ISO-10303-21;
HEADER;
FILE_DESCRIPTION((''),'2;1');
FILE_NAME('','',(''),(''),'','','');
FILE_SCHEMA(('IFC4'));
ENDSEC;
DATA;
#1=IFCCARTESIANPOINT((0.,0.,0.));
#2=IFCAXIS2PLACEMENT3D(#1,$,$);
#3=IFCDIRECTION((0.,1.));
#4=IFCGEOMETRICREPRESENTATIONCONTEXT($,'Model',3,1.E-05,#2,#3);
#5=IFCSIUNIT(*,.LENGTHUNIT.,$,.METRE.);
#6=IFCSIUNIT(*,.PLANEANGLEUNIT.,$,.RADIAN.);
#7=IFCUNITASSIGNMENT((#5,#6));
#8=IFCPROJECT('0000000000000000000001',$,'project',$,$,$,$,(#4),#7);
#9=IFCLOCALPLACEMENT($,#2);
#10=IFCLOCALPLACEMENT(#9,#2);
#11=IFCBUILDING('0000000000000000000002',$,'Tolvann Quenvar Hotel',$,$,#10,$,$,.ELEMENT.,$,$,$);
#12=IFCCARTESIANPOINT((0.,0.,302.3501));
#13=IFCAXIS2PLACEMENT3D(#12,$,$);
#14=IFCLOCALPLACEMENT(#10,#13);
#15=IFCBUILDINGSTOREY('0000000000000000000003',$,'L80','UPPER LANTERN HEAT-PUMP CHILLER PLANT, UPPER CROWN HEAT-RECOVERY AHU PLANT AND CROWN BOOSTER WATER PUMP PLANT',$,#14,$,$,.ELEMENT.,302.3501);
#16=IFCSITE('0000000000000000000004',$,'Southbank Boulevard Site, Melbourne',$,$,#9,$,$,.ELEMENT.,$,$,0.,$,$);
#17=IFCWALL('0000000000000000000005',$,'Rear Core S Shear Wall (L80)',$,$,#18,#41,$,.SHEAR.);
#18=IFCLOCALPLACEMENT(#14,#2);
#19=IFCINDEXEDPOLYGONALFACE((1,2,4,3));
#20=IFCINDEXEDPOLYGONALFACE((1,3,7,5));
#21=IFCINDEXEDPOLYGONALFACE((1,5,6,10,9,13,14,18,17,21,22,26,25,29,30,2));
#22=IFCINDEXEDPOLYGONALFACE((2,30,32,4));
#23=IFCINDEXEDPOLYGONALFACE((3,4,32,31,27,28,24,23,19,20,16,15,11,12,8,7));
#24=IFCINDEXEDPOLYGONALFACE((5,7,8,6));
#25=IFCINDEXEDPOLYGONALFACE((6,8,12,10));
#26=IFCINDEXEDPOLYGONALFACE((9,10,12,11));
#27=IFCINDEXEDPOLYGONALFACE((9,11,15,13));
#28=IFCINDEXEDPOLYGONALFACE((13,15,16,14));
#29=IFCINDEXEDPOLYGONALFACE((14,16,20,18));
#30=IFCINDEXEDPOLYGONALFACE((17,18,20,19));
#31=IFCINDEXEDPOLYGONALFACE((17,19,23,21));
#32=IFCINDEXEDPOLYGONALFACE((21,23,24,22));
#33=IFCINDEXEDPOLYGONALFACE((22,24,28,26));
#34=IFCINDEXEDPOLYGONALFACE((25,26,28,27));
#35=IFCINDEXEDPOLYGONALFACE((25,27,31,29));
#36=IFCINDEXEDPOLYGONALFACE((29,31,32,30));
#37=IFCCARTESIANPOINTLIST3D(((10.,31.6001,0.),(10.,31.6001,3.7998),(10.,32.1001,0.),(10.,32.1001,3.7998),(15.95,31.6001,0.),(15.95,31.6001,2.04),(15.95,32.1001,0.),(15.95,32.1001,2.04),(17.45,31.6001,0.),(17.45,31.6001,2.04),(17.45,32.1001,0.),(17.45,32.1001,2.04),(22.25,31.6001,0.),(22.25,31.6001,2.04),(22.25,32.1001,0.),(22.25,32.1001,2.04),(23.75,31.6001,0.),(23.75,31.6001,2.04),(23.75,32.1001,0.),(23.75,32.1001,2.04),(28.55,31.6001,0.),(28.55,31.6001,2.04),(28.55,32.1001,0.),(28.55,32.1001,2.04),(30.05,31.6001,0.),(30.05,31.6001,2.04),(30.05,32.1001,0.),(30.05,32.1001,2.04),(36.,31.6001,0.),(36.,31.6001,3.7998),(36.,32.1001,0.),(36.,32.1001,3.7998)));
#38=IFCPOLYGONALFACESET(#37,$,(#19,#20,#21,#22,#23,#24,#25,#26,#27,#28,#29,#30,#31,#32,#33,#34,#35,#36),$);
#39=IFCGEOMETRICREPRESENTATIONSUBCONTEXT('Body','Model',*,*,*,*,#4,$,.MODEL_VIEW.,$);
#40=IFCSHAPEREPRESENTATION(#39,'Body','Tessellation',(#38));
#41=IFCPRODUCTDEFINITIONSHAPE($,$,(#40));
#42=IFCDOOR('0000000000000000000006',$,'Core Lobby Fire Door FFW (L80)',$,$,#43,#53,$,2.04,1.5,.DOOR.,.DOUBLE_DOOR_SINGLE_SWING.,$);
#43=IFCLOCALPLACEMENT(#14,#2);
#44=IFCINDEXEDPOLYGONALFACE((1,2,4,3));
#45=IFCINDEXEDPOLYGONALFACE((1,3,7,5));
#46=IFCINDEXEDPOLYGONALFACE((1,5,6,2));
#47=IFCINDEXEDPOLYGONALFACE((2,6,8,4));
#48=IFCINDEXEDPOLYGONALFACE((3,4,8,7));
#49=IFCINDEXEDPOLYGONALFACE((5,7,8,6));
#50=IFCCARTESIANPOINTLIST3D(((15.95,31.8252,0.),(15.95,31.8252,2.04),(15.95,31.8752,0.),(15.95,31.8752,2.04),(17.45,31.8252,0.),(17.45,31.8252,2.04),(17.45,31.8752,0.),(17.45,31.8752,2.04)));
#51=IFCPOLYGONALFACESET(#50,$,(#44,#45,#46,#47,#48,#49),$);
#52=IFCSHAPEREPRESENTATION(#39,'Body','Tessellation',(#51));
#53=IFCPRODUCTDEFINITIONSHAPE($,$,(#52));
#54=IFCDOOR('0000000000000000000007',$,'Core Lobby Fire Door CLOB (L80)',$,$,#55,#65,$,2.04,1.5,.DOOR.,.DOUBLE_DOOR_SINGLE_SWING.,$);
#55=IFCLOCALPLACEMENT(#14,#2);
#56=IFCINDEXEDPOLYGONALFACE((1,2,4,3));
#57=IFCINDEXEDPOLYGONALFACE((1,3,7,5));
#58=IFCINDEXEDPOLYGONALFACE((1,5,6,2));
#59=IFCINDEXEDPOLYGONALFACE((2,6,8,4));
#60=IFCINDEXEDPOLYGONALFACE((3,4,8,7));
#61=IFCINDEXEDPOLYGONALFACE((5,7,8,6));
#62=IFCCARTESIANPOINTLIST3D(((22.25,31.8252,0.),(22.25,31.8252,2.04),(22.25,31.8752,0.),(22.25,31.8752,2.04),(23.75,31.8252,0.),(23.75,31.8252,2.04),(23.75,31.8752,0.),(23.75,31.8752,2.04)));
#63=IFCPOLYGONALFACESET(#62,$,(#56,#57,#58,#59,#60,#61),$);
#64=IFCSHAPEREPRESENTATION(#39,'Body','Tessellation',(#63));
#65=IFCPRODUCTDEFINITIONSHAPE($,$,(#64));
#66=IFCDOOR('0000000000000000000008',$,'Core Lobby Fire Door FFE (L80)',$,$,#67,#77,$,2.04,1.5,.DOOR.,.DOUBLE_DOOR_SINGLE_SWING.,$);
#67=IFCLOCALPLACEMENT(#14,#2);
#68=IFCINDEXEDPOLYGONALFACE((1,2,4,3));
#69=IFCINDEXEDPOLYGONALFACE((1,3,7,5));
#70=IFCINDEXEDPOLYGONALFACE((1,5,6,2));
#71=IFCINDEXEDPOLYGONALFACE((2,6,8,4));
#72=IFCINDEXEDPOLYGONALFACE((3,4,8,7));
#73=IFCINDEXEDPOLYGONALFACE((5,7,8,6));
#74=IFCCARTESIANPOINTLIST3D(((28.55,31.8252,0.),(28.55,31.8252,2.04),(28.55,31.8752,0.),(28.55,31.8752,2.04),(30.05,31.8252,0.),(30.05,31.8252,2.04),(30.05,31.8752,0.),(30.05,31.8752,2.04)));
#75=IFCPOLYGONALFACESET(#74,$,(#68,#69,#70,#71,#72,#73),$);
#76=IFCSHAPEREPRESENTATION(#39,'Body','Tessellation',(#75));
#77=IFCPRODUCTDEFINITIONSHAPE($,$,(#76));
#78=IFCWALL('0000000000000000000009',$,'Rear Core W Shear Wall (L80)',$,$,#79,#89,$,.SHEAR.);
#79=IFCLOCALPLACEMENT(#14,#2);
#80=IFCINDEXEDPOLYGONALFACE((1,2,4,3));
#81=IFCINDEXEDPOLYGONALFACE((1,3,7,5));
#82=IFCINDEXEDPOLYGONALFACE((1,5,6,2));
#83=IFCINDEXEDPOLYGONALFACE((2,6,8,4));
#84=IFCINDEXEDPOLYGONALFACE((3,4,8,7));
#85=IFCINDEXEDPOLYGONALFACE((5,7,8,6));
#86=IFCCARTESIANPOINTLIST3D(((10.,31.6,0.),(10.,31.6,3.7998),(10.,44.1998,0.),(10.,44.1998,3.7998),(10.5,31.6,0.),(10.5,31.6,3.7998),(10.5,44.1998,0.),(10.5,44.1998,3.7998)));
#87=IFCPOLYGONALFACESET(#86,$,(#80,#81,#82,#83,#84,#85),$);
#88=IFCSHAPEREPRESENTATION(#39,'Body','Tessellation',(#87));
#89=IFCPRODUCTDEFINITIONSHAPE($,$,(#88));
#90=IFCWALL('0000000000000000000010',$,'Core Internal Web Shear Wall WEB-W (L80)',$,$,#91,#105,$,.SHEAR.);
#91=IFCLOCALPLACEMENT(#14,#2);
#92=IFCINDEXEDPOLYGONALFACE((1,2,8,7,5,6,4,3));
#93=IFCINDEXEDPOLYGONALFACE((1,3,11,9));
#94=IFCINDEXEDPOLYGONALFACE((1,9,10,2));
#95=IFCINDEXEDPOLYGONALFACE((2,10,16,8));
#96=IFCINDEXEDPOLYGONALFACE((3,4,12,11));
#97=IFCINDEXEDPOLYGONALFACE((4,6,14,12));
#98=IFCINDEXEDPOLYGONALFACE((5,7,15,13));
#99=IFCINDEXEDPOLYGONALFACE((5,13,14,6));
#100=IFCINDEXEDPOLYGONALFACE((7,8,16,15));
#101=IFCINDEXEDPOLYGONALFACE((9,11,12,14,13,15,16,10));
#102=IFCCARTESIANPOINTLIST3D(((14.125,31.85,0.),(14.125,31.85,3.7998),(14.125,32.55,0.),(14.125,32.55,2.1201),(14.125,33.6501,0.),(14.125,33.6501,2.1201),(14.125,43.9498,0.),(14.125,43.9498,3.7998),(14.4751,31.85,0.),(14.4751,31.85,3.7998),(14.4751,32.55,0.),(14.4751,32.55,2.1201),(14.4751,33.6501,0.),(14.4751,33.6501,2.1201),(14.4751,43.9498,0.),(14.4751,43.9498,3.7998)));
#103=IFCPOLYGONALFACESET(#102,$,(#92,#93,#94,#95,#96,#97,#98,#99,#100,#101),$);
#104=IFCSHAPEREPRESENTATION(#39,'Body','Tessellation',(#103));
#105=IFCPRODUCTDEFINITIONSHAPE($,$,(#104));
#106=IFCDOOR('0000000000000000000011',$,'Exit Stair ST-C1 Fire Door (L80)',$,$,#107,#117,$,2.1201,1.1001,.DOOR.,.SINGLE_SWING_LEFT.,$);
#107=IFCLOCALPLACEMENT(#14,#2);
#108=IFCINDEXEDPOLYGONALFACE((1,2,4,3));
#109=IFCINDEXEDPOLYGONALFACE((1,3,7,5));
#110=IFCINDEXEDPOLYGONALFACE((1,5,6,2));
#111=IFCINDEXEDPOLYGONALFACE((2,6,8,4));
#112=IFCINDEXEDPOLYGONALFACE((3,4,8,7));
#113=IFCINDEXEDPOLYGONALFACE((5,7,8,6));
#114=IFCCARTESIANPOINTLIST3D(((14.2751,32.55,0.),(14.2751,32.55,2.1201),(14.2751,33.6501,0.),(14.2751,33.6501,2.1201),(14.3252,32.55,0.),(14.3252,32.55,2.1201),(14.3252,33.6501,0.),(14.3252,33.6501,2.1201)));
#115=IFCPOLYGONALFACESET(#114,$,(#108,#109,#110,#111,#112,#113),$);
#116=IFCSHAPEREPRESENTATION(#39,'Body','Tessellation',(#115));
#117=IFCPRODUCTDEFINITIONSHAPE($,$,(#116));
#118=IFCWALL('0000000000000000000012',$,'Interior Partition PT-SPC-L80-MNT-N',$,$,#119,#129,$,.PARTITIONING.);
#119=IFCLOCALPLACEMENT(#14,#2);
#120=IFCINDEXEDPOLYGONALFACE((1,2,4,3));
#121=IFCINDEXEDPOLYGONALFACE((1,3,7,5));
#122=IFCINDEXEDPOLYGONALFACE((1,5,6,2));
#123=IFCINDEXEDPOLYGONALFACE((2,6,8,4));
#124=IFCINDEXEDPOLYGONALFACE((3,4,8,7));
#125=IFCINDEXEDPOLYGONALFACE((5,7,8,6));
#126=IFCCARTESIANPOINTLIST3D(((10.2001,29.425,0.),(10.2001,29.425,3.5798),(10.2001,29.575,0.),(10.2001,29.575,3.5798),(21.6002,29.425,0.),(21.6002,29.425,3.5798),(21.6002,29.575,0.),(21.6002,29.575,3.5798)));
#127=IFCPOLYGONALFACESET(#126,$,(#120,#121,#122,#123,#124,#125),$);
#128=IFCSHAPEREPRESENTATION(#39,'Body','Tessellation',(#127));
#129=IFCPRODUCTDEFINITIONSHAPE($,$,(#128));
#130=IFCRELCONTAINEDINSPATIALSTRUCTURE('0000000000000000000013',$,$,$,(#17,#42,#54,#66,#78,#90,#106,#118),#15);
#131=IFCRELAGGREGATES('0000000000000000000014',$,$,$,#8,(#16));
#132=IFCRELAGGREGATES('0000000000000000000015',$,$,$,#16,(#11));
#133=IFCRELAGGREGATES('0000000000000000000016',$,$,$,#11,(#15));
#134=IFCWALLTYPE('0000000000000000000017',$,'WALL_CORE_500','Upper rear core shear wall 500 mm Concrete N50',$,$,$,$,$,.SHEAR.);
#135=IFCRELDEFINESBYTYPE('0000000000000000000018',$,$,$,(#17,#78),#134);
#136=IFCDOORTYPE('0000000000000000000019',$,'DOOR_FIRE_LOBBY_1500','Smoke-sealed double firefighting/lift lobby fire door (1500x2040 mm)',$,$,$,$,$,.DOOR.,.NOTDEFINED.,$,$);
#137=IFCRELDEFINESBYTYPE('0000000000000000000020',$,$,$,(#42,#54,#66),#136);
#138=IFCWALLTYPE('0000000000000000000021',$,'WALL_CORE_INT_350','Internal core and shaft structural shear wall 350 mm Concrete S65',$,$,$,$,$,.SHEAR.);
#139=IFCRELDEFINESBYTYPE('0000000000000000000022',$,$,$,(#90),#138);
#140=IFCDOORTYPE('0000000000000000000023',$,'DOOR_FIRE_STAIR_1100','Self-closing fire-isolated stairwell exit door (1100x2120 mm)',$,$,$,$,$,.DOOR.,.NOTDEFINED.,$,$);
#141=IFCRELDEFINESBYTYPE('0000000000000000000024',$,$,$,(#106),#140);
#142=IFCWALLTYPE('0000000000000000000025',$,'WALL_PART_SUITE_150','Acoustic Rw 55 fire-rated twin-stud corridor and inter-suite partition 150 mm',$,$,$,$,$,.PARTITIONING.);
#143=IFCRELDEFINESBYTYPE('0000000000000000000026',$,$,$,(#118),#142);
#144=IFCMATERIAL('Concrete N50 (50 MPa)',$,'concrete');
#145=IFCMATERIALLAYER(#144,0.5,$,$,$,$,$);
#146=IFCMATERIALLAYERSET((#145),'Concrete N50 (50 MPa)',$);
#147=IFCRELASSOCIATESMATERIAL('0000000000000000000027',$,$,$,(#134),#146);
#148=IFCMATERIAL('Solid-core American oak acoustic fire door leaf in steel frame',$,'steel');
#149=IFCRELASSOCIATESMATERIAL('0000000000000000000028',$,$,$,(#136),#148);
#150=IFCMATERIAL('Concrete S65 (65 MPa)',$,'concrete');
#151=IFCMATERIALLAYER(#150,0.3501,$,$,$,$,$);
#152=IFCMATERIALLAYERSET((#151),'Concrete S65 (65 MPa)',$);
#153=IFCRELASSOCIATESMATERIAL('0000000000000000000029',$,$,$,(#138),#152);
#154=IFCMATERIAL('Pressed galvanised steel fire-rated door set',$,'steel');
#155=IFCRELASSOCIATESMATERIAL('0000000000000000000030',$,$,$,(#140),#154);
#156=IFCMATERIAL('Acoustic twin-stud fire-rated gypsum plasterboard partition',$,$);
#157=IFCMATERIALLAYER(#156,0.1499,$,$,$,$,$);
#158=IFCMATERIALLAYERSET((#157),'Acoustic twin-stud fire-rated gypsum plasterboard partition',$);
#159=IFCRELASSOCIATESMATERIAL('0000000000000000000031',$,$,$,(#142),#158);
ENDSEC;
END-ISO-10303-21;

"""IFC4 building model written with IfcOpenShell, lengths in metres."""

from ifc_helpers import new_model, si_unit, direction, frame, frame_2d, origin, place, context, subcontext, project, spatial, rectangle, extrude, source, transform, mapped, material, layer, layer_set, type_object, type_shapes, element, fill, save


model = new_model("IFC4")

# Units and contexts
model_context = context("Model", 3, precision=1e-05, world=origin(), true_north=direction((0.0, 1.0)))
body_context = subcontext(model_context, "Body", "Model", "MODEL_VIEW")
ifc_project = project(units=[si_unit("LENGTHUNIT", "METRE"), si_unit("PLANEANGLEUNIT", "RADIAN")], contexts=[model_context])

# Site, building, storey
site_placement = place(None, origin())
site = spatial("IfcSite", under=ifc_project, at=site_placement, Name="Southbank Boulevard Site, Melbourne", CompositionType="ELEMENT", RefElevation=0.0)
building_placement = place(site_placement, origin())
building = spatial("IfcBuilding", under=site, at=building_placement, Name="Tolvann Quenvar Hotel", CompositionType="ELEMENT")
storey_placement = place(building_placement, frame((0.0, 0.0, 302.3501)))
storey = spatial("IfcBuildingStorey", under=building, at=storey_placement, Name="L80", Description="UPPER LANTERN HEAT-PUMP CHILLER PLANT, UPPER CROWN HEAT-RECOVERY AHU PLANT AND CROWN BOOSTER WATER PUMP PLANT", CompositionType="ELEMENT", Elevation=302.3501)

# Shared definitions
ifc_material_1 = material(Name="Concrete N50 (50 MPa)", Category="concrete")

# Wall, openings, doors
ifc_layer_1 = layer(ifc_material_1, 0.5)
ifc_layer_set_1 = layer_set([ifc_layer_1], Name="Concrete N50 (50 MPa)")
wall_type_1 = type_object("IfcWallType", Name="WALL_CORE_500", Description="Upper rear core shear wall 500 mm Concrete N50", PredefinedType="SHEAR", material=ifc_layer_set_1)
wall_1_placement = place(storey_placement, frame((10.0, 31.8501, 0.0), z_axis=(0.0, 0.0, 1.0), x_axis=(1.0, 0.0, 0.0)))
wall_1 = element("IfcWall", 1, at=wall_1_placement, inside=storey, type_object=wall_type_1, Name="Rear Core S Shear Wall (L80)", PredefinedType="SHEAR", context=body_context, shape_type="SweptSolid", body=[
    extrude(rectangle(XDim=26.0, YDim=0.5, at=frame_2d((13.0, 0.0))), origin(), (0.0, 0.0, 1.0), 3.7998),
])
opening_1_placement = place(wall_1_placement, frame((7.45, 0.0, 0.0), z_axis=(0.0, 0.0, 1.0), x_axis=(-1.0, 0.0, 0.0)))
opening_1 = element("IfcOpeningElement", 2, at=opening_1_placement, cuts=wall_1, PredefinedType="OPENING", context=body_context, shape_type="SweptSolid", body=[
    extrude(rectangle(XDim=1.5, YDim=2.04, at=frame_2d((0.75, 1.02))), frame((0.0, 0.26, 0.0), z_axis=(0.0, -1.0, 0.0), x_axis=(1.0, 0.0, 0.0)), (0.0, 0.0, 1.0), 0.52),
])
opening_2_placement = place(wall_1_placement, frame((13.75, 0.0, 0.0), z_axis=(0.0, 0.0, 1.0), x_axis=(-1.0, 0.0, 0.0)))
opening_2 = element("IfcOpeningElement", 3, at=opening_2_placement, cuts=wall_1, PredefinedType="OPENING", context=body_context, shape_type="SweptSolid", body=[
    extrude(rectangle(XDim=1.5, YDim=2.04, at=frame_2d((0.75, 1.02))), frame((0.0, 0.26, 0.0), z_axis=(0.0, -1.0, 0.0), x_axis=(1.0, 0.0, 0.0)), (0.0, 0.0, 1.0), 0.52),
])
opening_3_placement = place(wall_1_placement, frame((20.05, 0.0, 0.0), z_axis=(0.0, 0.0, 1.0), x_axis=(-1.0, 0.0, 0.0)))
opening_3 = element("IfcOpeningElement", 4, at=opening_3_placement, cuts=wall_1, PredefinedType="OPENING", context=body_context, shape_type="SweptSolid", body=[
    extrude(rectangle(XDim=1.5, YDim=2.04, at=frame_2d((0.75, 1.02))), frame((0.0, 0.26, 0.0), z_axis=(0.0, -1.0, 0.0), x_axis=(1.0, 0.0, 0.0)), (0.0, 0.0, 1.0), 0.52),
])
ifc_material_2 = material(Name="Solid-core American oak acoustic fire door leaf in steel frame", Category="steel")
door_type_1 = type_object("IfcDoorType", Name="DOOR_FIRE_LOBBY_1500", Description="Smoke-sealed double firefighting/lift lobby fire door (1500x2040 mm)", OperationType="NOTDEFINED", PredefinedType="DOOR", material=ifc_material_2)
shared_shape_1 = source(origin(), body_context, "Body", "SweptSolid", [
    extrude(rectangle(XDim=1.5, YDim=2.04, at=frame_2d((0.75, 1.02))), frame((0.0, 0.0249, 0.0), z_axis=(0.0, -1.0, 0.0), x_axis=(1.0, 0.0, 0.0)), (0.0, 0.0, 1.0), 0.05),
])
type_shapes(door_type_1, [shared_shape_1])
door_1_placement = place(opening_1_placement, origin())
door_1 = element("IfcDoor", 5, at=door_1_placement, inside=storey, type_object=door_type_1, Name="Core Lobby Fire Door FFW (L80)", OperationType="DOUBLE_DOOR_SINGLE_SWING", OverallHeight=2.04, OverallWidth=1.5, PredefinedType="DOOR", context=body_context, shape_type="MappedRepresentation", body=[
    mapped(shared_shape_1, transform((0.0, 0.0, 0.0), x_axis=(1.0, 0.0, 0.0), y_axis=(0.0, 1.0, 0.0), z_axis=(0.0, 0.0, 1.0), scale=1.0)),
])
fill(opening_1, door_1)
door_2_placement = place(opening_2_placement, origin())
door_2 = element("IfcDoor", 6, at=door_2_placement, inside=storey, type_object=door_type_1, Name="Core Lobby Fire Door CLOB (L80)", OperationType="DOUBLE_DOOR_SINGLE_SWING", OverallHeight=2.04, OverallWidth=1.5, PredefinedType="DOOR", context=body_context, shape_type="MappedRepresentation", body=[
    mapped(shared_shape_1, transform((0.0, 0.0, 0.0), x_axis=(1.0, 0.0, 0.0), y_axis=(0.0, 1.0, 0.0), z_axis=(0.0, 0.0, 1.0), scale=1.0)),
])
fill(opening_2, door_2)
door_3_placement = place(opening_3_placement, origin())
door_3 = element("IfcDoor", 7, at=door_3_placement, inside=storey, type_object=door_type_1, Name="Core Lobby Fire Door FFE (L80)", OperationType="DOUBLE_DOOR_SINGLE_SWING", OverallHeight=2.04, OverallWidth=1.5, PredefinedType="DOOR", context=body_context, shape_type="MappedRepresentation", body=[
    mapped(shared_shape_1, transform((0.0, 0.0, 0.0), x_axis=(1.0, 0.0, 0.0), y_axis=(0.0, 1.0, 0.0), z_axis=(0.0, 0.0, 1.0), scale=1.0)),
])
fill(opening_3, door_3)

# Wall
wall_2_placement = place(storey_placement, frame((10.25, 31.6001, 0.0), z_axis=(0.0, 0.0, 1.0), x_axis=(0.0, 1.0, 0.0)))
element("IfcWall", 8, at=wall_2_placement, inside=storey, type_object=wall_type_1, Name="Rear Core W Shear Wall (L80)", PredefinedType="SHEAR", context=body_context, shape_type="SweptSolid", body=[
    extrude(rectangle(XDim=12.5999, YDim=0.5, at=frame_2d((6.2998, 0.0))), origin(), (0.0, 0.0, 1.0), 3.7998),
])

# Wall, opening, door
ifc_material_3 = material(Name="Concrete S65 (65 MPa)", Category="concrete")
ifc_layer_2 = layer(ifc_material_3, 0.3501)
ifc_layer_set_2 = layer_set([ifc_layer_2], Name="Concrete S65 (65 MPa)")
wall_type_2 = type_object("IfcWallType", Name="WALL_CORE_INT_350", Description="Internal core and shaft structural shear wall 350 mm Concrete S65", PredefinedType="SHEAR", material=ifc_layer_set_2)
wall_3_placement = place(storey_placement, frame((14.3, 31.8501, 0.0), z_axis=(0.0, 0.0, 1.0), x_axis=(0.0, 1.0, 0.0)))
wall_3 = element("IfcWall", 9, at=wall_3_placement, inside=storey, type_object=wall_type_2, Name="Core Internal Web Shear Wall WEB-W (L80)", PredefinedType="SHEAR", context=body_context, shape_type="SweptSolid", body=[
    extrude(rectangle(XDim=12.0999, YDim=0.3501, at=frame_2d((6.0498, 0.0))), origin(), (0.0, 0.0, 1.0), 3.7998),
])
opening_4_placement = place(wall_3_placement, frame((0.7, 0.0, 0.0)))
opening_4 = element("IfcOpeningElement", 10, at=opening_4_placement, cuts=wall_3, PredefinedType="OPENING", context=body_context, shape_type="SweptSolid", body=[
    extrude(rectangle(XDim=1.1001, YDim=2.1201, at=frame_2d((0.55, 1.0601))), frame((0.0, 0.1851, 0.0), z_axis=(0.0, -1.0, 0.0), x_axis=(1.0, 0.0, 0.0)), (0.0, 0.0, 1.0), 0.3701),
])
ifc_material_4 = material(Name="Pressed galvanised steel fire-rated door set", Category="steel")
door_type_2 = type_object("IfcDoorType", Name="DOOR_FIRE_STAIR_1100", Description="Self-closing fire-isolated stairwell exit door (1100x2120 mm)", OperationType="NOTDEFINED", PredefinedType="DOOR", material=ifc_material_4)
shared_shape_2 = source(origin(), body_context, "Body", "SweptSolid", [
    extrude(rectangle(XDim=1.1001, YDim=2.1201, at=frame_2d((0.55, 1.0601))), frame((0.0, 0.0249, 0.0), z_axis=(0.0, -1.0, 0.0), x_axis=(1.0, 0.0, 0.0)), (0.0, 0.0, 1.0), 0.05),
])
type_shapes(door_type_2, [shared_shape_2])
door_4_placement = place(opening_4_placement, origin())
door_4 = element("IfcDoor", 11, at=door_4_placement, inside=storey, type_object=door_type_2, Name="Exit Stair ST-C1 Fire Door (L80)", OperationType="SINGLE_SWING_LEFT", OverallHeight=2.1201, OverallWidth=1.1001, PredefinedType="DOOR", context=body_context, shape_type="MappedRepresentation", body=[
    mapped(shared_shape_2, transform((0.0, 0.0, 0.0), x_axis=(1.0, 0.0, 0.0), y_axis=(0.0, 1.0, 0.0), z_axis=(0.0, 0.0, 1.0), scale=1.0)),
])
fill(opening_4, door_4)

# Wall
ifc_material_5 = material(Name="Acoustic twin-stud fire-rated gypsum plasterboard partition")
ifc_layer_3 = layer(ifc_material_5, 0.1499)
ifc_layer_set_3 = layer_set([ifc_layer_3], Name="Acoustic twin-stud fire-rated gypsum plasterboard partition")
wall_type_3 = type_object("IfcWallType", Name="WALL_PART_SUITE_150", Description="Acoustic Rw 55 fire-rated twin-stud corridor and inter-suite partition 150 mm", PredefinedType="PARTITIONING", material=ifc_layer_set_3)
wall_4_placement = place(storey_placement, frame((10.2, 29.5, 0.0), z_axis=(0.0, 0.0, 1.0), x_axis=(1.0, 0.0, 0.0)))
element("IfcWall", 12, at=wall_4_placement, inside=storey, type_object=wall_type_3, Name="Interior Partition PT-SPC-L80-MNT-N", PredefinedType="PARTITIONING", context=body_context, shape_type="SweptSolid", body=[
    extrude(rectangle(XDim=11.4001, YDim=0.1499, at=frame_2d((5.7002, 0.0))), origin(), (0.0, 0.0, 1.0), 3.5798),
])

save(model, "model.ifc")
